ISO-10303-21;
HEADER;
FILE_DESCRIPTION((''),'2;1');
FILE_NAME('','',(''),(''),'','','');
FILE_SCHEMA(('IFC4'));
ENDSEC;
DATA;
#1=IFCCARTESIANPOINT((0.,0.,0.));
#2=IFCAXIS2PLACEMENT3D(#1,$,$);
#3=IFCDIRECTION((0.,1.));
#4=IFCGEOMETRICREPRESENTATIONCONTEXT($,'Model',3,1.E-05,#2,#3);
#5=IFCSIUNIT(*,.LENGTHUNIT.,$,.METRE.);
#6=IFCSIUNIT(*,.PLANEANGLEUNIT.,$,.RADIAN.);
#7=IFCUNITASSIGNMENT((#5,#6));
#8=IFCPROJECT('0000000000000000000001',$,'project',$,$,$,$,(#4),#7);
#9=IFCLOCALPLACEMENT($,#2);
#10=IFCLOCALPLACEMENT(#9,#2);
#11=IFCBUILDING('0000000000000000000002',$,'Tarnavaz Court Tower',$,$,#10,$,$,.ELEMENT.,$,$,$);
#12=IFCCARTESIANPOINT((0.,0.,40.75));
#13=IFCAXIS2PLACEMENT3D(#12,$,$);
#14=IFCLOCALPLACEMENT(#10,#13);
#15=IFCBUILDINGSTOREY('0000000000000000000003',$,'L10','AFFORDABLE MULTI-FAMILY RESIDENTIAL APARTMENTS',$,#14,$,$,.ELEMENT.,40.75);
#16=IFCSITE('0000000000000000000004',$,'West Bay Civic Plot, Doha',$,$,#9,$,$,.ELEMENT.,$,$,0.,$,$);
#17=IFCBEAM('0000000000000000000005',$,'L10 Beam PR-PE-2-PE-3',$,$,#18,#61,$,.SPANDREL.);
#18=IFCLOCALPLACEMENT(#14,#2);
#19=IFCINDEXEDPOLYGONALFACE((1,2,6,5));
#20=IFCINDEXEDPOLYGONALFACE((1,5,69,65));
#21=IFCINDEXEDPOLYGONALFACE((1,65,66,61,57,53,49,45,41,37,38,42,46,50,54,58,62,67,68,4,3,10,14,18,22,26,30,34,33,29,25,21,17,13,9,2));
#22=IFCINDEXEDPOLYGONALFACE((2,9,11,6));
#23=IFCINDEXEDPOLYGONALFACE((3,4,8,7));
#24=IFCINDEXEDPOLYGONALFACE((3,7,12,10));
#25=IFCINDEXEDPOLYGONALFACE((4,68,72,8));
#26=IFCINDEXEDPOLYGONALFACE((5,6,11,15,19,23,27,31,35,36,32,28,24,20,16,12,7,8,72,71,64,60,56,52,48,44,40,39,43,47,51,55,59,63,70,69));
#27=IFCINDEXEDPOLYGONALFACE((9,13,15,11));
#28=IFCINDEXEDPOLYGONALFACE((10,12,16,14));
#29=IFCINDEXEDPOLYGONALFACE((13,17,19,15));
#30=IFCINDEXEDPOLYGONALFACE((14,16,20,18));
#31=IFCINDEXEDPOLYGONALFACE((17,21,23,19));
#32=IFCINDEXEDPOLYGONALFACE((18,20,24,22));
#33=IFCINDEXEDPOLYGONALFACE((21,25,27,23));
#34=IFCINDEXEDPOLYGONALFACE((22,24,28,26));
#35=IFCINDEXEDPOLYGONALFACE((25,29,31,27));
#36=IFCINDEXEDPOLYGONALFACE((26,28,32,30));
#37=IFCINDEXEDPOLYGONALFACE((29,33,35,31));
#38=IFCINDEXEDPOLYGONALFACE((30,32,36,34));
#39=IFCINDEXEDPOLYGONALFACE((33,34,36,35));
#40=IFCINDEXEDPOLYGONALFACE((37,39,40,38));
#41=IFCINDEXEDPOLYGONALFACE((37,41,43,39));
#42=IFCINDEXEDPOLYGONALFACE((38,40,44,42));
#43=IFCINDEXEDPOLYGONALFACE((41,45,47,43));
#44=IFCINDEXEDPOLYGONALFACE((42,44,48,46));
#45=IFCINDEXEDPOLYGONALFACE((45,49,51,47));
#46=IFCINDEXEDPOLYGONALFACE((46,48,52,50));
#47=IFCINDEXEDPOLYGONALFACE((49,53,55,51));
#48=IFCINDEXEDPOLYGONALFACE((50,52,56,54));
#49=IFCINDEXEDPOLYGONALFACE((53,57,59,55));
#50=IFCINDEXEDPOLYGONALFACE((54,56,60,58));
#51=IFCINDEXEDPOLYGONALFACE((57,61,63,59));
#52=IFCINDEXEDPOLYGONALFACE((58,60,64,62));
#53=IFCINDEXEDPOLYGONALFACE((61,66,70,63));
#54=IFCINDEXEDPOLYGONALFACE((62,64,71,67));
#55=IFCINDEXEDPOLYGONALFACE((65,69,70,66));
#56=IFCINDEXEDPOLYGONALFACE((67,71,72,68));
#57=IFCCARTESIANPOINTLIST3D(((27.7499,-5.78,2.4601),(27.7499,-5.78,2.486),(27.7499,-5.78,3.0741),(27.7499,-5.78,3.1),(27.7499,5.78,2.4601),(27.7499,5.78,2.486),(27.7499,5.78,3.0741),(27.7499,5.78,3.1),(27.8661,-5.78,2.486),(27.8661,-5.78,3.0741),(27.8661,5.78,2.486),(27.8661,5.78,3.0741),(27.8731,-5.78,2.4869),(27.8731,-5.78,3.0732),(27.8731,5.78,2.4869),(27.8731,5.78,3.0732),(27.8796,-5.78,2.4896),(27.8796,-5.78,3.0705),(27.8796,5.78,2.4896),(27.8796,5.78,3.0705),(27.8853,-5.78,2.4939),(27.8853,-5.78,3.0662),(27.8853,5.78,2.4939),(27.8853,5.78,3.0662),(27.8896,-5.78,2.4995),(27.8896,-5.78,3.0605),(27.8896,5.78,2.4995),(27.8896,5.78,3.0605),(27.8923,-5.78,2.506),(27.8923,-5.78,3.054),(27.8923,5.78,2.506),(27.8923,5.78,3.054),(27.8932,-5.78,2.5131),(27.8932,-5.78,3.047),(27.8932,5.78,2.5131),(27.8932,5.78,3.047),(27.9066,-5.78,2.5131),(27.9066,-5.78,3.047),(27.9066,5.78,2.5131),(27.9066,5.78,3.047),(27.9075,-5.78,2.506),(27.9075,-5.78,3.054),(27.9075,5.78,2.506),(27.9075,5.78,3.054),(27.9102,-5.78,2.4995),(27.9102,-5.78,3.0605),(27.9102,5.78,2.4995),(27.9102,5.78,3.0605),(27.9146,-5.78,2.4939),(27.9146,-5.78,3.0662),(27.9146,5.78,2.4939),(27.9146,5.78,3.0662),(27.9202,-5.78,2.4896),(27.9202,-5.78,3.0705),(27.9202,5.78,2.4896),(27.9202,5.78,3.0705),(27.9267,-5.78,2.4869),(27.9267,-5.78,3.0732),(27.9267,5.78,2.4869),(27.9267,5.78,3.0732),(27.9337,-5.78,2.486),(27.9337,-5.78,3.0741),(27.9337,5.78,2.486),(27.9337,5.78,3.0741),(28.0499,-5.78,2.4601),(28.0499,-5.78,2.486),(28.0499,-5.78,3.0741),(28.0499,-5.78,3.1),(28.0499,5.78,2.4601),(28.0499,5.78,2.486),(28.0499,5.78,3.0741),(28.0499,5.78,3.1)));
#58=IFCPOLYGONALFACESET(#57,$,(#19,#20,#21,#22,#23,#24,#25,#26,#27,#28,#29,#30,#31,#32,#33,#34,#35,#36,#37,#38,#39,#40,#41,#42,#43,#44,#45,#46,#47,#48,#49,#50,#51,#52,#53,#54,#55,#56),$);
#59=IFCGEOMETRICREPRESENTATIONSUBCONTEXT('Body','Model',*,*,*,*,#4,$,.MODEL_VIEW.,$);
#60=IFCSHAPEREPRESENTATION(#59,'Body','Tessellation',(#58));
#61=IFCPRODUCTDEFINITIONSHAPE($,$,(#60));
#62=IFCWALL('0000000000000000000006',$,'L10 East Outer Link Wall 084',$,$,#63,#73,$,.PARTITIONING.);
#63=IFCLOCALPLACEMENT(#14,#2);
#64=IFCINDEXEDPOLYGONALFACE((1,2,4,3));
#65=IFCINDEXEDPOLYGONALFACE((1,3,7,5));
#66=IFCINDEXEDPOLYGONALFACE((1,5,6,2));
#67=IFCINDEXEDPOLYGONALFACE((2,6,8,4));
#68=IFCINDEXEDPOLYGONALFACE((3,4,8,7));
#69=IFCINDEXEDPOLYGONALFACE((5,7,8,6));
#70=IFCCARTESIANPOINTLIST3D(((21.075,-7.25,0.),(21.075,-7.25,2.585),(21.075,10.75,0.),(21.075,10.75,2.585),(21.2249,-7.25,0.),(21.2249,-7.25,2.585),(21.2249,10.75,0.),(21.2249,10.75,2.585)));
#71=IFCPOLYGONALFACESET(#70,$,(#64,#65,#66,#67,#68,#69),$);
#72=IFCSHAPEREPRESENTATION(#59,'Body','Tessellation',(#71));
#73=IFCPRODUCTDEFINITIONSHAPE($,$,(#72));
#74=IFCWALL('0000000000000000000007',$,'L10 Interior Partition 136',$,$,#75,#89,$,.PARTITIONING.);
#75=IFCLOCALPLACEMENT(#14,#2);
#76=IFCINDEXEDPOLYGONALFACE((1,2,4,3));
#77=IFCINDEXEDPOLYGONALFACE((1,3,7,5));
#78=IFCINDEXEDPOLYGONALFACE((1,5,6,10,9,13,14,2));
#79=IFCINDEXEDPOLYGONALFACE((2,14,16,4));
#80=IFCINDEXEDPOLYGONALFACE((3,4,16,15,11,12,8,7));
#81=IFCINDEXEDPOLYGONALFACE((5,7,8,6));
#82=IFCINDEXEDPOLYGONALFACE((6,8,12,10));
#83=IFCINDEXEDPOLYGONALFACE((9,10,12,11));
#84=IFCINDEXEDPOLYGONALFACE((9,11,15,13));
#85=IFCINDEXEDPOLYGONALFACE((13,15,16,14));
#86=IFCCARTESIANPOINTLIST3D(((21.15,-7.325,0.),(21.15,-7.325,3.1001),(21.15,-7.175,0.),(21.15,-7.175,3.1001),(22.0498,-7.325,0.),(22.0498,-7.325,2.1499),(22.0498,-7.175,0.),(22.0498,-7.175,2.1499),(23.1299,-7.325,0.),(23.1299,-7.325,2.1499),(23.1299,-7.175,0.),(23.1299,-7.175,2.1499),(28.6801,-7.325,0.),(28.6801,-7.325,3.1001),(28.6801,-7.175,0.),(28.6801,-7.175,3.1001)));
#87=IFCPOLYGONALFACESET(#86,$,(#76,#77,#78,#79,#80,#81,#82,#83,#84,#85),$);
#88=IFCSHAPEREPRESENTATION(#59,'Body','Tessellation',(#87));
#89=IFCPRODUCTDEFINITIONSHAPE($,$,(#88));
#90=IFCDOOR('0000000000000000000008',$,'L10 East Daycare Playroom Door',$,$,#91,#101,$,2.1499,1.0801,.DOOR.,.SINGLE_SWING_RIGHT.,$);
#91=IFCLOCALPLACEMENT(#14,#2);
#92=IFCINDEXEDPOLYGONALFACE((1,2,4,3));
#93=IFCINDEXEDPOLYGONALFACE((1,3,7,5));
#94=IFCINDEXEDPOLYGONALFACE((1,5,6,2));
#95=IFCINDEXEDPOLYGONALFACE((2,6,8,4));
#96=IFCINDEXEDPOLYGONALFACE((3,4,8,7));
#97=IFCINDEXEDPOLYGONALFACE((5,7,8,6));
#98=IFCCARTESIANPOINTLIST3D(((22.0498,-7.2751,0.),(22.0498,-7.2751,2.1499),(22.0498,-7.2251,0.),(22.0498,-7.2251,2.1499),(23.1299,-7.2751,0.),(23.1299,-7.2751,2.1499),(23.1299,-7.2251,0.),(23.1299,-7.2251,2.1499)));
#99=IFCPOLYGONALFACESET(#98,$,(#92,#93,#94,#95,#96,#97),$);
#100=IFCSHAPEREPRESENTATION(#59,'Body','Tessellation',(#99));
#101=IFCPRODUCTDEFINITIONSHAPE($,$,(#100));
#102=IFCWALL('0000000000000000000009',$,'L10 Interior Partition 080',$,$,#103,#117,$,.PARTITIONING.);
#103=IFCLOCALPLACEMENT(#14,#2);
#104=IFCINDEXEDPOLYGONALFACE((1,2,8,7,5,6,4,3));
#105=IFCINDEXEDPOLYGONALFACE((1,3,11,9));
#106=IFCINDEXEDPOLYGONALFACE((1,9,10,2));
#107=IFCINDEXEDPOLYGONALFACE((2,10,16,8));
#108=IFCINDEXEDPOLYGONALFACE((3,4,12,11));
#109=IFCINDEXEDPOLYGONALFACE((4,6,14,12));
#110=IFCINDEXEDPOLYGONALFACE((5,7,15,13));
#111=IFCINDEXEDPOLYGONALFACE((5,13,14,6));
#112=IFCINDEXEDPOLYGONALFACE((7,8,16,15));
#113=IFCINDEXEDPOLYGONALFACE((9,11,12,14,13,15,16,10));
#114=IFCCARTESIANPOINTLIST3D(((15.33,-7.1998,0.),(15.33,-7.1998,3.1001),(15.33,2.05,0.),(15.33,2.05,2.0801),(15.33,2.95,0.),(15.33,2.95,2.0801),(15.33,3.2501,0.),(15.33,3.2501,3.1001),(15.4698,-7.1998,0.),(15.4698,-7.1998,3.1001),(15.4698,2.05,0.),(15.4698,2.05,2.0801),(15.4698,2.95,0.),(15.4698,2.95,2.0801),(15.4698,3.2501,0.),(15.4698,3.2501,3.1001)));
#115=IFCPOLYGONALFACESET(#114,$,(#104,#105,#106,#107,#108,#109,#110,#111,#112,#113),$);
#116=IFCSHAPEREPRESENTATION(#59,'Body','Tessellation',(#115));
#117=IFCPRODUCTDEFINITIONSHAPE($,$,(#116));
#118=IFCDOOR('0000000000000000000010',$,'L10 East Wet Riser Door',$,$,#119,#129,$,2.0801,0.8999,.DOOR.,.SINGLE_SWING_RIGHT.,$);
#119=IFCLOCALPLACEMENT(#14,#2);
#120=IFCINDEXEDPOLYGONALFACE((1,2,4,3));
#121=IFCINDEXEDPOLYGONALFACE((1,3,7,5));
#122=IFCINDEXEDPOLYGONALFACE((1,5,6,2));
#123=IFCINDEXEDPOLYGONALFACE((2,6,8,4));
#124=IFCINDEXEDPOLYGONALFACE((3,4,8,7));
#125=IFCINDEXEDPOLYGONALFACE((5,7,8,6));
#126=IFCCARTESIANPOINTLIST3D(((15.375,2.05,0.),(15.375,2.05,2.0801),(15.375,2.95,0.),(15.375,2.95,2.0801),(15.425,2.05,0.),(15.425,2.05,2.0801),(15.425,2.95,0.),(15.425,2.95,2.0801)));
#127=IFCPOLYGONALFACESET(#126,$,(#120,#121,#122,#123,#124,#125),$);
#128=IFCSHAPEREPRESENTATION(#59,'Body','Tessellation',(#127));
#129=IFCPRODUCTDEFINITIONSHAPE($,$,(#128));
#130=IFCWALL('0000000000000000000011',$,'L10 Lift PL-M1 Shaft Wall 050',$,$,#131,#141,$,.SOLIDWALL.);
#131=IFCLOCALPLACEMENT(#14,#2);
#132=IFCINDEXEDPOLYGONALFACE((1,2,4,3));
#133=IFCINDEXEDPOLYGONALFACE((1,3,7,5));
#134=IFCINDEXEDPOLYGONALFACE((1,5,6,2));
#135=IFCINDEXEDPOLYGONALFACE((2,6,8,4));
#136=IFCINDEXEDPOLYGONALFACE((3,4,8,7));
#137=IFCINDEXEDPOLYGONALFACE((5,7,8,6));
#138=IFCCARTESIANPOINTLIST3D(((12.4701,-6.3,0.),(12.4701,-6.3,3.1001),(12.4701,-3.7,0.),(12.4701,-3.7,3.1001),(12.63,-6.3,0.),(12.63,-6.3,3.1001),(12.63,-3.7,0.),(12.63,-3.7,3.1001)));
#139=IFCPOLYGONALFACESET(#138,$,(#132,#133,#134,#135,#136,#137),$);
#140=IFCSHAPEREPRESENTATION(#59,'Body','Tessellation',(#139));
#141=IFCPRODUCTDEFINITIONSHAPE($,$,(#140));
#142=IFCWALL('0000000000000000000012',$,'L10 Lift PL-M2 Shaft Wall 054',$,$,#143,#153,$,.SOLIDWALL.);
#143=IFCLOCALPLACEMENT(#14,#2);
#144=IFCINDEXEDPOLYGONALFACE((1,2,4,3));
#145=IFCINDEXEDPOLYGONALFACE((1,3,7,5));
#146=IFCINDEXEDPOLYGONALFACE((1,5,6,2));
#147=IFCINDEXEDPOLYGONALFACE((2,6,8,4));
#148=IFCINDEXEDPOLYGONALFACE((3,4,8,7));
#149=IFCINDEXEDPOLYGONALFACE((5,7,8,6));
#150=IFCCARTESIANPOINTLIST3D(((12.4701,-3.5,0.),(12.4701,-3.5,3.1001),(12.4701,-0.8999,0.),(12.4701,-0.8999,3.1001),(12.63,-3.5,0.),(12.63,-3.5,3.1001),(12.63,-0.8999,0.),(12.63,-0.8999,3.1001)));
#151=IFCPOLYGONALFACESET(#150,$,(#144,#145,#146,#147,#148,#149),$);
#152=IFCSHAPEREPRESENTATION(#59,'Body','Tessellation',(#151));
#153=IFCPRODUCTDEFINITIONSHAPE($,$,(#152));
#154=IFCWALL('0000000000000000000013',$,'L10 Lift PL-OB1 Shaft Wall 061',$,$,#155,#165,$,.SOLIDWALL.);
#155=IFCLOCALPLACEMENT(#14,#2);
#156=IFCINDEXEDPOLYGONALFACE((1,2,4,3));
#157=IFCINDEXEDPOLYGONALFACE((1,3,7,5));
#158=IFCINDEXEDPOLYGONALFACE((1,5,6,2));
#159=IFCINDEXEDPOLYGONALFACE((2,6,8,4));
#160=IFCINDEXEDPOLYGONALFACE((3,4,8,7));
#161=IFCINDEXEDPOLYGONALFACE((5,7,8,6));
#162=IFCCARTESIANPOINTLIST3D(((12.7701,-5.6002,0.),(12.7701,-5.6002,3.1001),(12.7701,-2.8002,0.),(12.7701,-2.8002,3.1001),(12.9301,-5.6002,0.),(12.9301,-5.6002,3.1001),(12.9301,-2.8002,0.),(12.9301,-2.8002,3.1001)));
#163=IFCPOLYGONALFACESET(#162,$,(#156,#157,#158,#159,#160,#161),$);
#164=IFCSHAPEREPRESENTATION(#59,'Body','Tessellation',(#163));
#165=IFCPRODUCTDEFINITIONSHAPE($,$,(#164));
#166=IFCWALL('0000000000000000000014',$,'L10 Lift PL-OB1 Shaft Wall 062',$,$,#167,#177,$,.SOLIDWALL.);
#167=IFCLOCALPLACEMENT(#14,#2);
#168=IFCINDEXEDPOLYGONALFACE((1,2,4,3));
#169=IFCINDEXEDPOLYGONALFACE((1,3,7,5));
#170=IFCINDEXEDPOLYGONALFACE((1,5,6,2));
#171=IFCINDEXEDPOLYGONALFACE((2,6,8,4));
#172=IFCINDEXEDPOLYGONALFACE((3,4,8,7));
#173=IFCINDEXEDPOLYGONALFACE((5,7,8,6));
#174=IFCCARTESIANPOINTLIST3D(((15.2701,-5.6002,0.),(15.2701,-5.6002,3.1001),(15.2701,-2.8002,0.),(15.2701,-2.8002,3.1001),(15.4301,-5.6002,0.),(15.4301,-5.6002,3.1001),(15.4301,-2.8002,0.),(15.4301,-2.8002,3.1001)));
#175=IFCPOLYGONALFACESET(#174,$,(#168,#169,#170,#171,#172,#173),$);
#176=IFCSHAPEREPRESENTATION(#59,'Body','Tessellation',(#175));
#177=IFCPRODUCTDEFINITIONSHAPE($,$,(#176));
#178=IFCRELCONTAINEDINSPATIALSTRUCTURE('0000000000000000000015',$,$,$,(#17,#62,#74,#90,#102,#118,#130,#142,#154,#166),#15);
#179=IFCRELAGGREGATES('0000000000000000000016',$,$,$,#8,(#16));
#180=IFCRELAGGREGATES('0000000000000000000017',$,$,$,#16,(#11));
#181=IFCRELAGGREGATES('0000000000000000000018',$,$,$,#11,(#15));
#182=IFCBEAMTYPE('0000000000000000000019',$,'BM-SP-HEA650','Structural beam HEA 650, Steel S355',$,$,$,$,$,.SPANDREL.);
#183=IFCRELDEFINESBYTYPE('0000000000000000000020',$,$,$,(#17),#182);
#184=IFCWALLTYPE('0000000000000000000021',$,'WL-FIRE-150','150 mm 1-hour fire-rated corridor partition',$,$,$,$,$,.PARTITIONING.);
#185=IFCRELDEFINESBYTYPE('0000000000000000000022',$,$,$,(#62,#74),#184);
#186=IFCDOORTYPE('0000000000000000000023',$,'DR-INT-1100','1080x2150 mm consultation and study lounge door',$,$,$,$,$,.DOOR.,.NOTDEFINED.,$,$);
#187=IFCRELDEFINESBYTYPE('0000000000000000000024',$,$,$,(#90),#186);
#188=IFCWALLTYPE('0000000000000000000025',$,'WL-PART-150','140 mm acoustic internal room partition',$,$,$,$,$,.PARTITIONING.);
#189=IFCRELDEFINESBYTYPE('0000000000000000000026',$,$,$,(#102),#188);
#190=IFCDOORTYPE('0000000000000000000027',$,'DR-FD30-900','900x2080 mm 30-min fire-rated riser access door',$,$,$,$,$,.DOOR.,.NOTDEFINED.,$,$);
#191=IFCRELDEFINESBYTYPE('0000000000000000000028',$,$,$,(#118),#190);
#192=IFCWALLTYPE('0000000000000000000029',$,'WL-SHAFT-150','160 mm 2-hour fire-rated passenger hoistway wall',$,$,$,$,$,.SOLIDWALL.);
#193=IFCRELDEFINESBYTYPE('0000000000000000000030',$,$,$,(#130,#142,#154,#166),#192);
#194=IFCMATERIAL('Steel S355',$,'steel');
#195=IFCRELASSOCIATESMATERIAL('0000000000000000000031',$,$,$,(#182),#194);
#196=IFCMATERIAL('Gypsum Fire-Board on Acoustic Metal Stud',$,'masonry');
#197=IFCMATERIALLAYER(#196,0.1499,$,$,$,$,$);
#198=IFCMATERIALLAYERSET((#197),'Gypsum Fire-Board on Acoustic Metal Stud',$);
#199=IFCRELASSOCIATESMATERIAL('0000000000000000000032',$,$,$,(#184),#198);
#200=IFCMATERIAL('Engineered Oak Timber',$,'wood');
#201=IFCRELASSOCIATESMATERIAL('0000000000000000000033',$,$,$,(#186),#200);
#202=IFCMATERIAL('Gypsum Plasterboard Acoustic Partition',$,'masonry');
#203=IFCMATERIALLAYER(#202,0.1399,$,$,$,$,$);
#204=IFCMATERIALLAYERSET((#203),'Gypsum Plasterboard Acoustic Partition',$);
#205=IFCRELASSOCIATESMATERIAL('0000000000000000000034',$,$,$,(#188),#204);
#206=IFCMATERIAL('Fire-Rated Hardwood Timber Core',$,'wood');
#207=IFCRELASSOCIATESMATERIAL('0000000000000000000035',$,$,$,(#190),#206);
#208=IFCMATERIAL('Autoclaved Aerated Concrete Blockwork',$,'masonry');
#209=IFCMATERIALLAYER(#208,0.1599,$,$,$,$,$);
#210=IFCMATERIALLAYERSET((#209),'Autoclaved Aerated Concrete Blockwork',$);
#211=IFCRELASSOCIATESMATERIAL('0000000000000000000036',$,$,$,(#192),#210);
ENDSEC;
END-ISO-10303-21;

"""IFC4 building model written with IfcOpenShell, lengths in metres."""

from ifc_helpers import new_model, si_unit, direction, frame, frame_2d, origin, origin_2d, place, context, subcontext, project, spatial, rectangle, i_section, extrude, material, layer, layer_set, material_profile, profile_set, type_object, element, fill, save


model = new_model("IFC4")

# Units and contexts
model_context = context("Model", 3, precision=1e-05, world=origin(), true_north=direction((0.0, 1.0)))
body_context = subcontext(model_context, "Body", "Model", "MODEL_VIEW")
ifc_project = project(units=[si_unit("LENGTHUNIT", "METRE"), si_unit("PLANEANGLEUNIT", "RADIAN")], contexts=[model_context])

# Site, building, storey
site_placement = place(None, origin())
site = spatial("IfcSite", under=ifc_project, at=site_placement, Name="West Bay Civic Plot, Doha", CompositionType="ELEMENT", RefElevation=0.0)
building_placement = place(site_placement, origin())
building = spatial("IfcBuilding", under=site, at=building_placement, Name="Tarnavaz Court Tower", CompositionType="ELEMENT")
storey_placement = place(building_placement, frame((0.0, 0.0, 40.75)))
storey = spatial("IfcBuildingStorey", under=building, at=storey_placement, Name="L10", Description="AFFORDABLE MULTI-FAMILY RESIDENTIAL APARTMENTS", CompositionType="ELEMENT", Elevation=40.75)

# Beam
ifc_material_1 = material(Name="Steel S355", Category="steel")
ifc_material_profile_1 = material_profile(ifc_material_1, i_section(OverallWidth=0.3, OverallDepth=0.6399, WebThickness=0.0134, FlangeThickness=0.0259, FilletRadius=0.0271, at=origin_2d()), Name="HEA 650")
ifc_profile_set_1 = profile_set([ifc_material_profile_1], Name="Steel S355")
beam_type_1 = type_object("IfcBeamType", Name="BM-SP-HEA650", Description="Structural beam HEA 650, Steel S355", PredefinedType="SPANDREL", material=ifc_profile_set_1)
beam_1_placement = place(storey_placement, frame((27.8999, -5.78, 2.78), z_axis=(0.0, 1.0, 0.0), x_axis=(-1.0, 0.0, 0.0)))
element("IfcBeam", 1, at=beam_1_placement, inside=storey, type_object=beam_type_1, Name="L10 Beam PR-PE-2-PE-3", PredefinedType="SPANDREL", context=body_context, shape_type="SweptSolid", body=[
    extrude(i_section(OverallWidth=0.3, OverallDepth=0.6399, WebThickness=0.0134, FlangeThickness=0.0259, FilletRadius=0.0271, at=origin_2d()), origin(), (0.0, 0.0, 1.0), 11.5601),
])

# Wall
ifc_material_2 = material(Name="Gypsum Fire-Board on Acoustic Metal Stud", Category="masonry")
ifc_layer_1 = layer(ifc_material_2, 0.1499)
ifc_layer_set_1 = layer_set([ifc_layer_1], Name="Gypsum Fire-Board on Acoustic Metal Stud")
wall_type_1 = type_object("IfcWallType", Name="WL-FIRE-150", Description="150 mm 1-hour fire-rated corridor partition", PredefinedType="PARTITIONING", material=ifc_layer_set_1)
wall_1_placement = place(storey_placement, frame((21.1499, -7.25, 0.0), z_axis=(0.0, 0.0, 1.0), x_axis=(0.0, 1.0, 0.0)))
element("IfcWall", 2, at=wall_1_placement, inside=storey, type_object=wall_type_1, Name="L10 East Outer Link Wall 084", PredefinedType="PARTITIONING", context=body_context, shape_type="SweptSolid", body=[
    extrude(rectangle(XDim=18.0, YDim=0.1499, at=frame_2d((9.0, 0.0))), origin(), (0.0, 0.0, 1.0), 2.585),
])

# Walls, openings, doors
wall_2_placement = place(storey_placement, frame((21.1499, -7.25, 0.0), z_axis=(0.0, 0.0, 1.0), x_axis=(1.0, 0.0, 0.0)))
wall_2 = element("IfcWall", 3, at=wall_2_placement, inside=storey, type_object=wall_type_1, Name="L10 Interior Partition 136", PredefinedType="PARTITIONING", context=body_context, shape_type="SweptSolid", body=[
    extrude(rectangle(XDim=7.53, YDim=0.1499, at=frame_2d((3.7651, 0.0))), origin(), (0.0, 0.0, 1.0), 3.1001),
])
opening_1_placement = place(wall_2_placement, frame((0.8999, 0.0, 0.0)))
opening_1 = element("IfcOpeningElement", 4, at=opening_1_placement, cuts=wall_2, PredefinedType="OPENING", context=body_context, shape_type="SweptSolid", body=[
    extrude(rectangle(XDim=1.0801, YDim=2.1499, at=frame_2d((0.54, 1.075))), frame((0.0, 0.085, 0.0), z_axis=(0.0, -1.0, 0.0), x_axis=(1.0, 0.0, 0.0)), (0.0, 0.0, 1.0), 0.1699),
])
ifc_material_3 = material(Name="Engineered Oak Timber", Category="wood")
door_type_1 = type_object("IfcDoorType", Name="DR-INT-1100", Description="1080x2150 mm consultation and study lounge door", OperationType="NOTDEFINED", PredefinedType="DOOR", material=ifc_material_3)
door_1_placement = place(opening_1_placement, origin())
door_1 = element("IfcDoor", 5, at=door_1_placement, inside=storey, type_object=door_type_1, Name="L10 East Daycare Playroom Door", OperationType="SINGLE_SWING_RIGHT", OverallHeight=2.1499, OverallWidth=1.0801, PredefinedType="DOOR", context=body_context, shape_type="SweptSolid", body=[
    extrude(rectangle(XDim=1.0801, YDim=2.1499, at=frame_2d((0.54, 1.075))), frame((0.0, 0.0249, 0.0), z_axis=(0.0, -1.0, 0.0), x_axis=(1.0, 0.0, 0.0)), (0.0, 0.0, 1.0), 0.05),
])
fill(opening_1, door_1)
ifc_material_4 = material(Name="Gypsum Plasterboard Acoustic Partition", Category="masonry")
ifc_layer_2 = layer(ifc_material_4, 0.1399)
ifc_layer_set_2 = layer_set([ifc_layer_2], Name="Gypsum Plasterboard Acoustic Partition")
wall_type_2 = type_object("IfcWallType", Name="WL-PART-150", Description="140 mm acoustic internal room partition", PredefinedType="PARTITIONING", material=ifc_layer_set_2)
wall_3_placement = place(storey_placement, frame((15.3999, -7.2, 0.0), z_axis=(0.0, 0.0, 1.0), x_axis=(0.0, 1.0, 0.0)))
wall_3 = element("IfcWall", 6, at=wall_3_placement, inside=storey, type_object=wall_type_2, Name="L10 Interior Partition 080", PredefinedType="PARTITIONING", context=body_context, shape_type="SweptSolid", body=[
    extrude(rectangle(XDim=10.45, YDim=0.1399, at=frame_2d((5.2251, 0.0))), origin(), (0.0, 0.0, 1.0), 3.1001),
])
opening_2_placement = place(wall_3_placement, frame((9.25, 0.0, 0.0)))
opening_2 = element("IfcOpeningElement", 7, at=opening_2_placement, cuts=wall_3, PredefinedType="OPENING", context=body_context, shape_type="SweptSolid", body=[
    extrude(rectangle(XDim=0.8999, YDim=2.0801, at=frame_2d((0.45, 1.04))), frame((0.0, 0.0798, 0.0), z_axis=(0.0, -1.0, 0.0), x_axis=(1.0, 0.0, 0.0)), (0.0, 0.0, 1.0), 0.1599),
])
ifc_material_5 = material(Name="Fire-Rated Hardwood Timber Core", Category="wood")
door_type_2 = type_object("IfcDoorType", Name="DR-FD30-900", Description="900x2080 mm 30-min fire-rated riser access door", OperationType="NOTDEFINED", PredefinedType="DOOR", material=ifc_material_5)
door_2_placement = place(opening_2_placement, origin())
door_2 = element("IfcDoor", 8, at=door_2_placement, inside=storey, type_object=door_type_2, Name="L10 East Wet Riser Door", OperationType="SINGLE_SWING_RIGHT", OverallHeight=2.0801, OverallWidth=0.8999, PredefinedType="DOOR", context=body_context, shape_type="SweptSolid", body=[
    extrude(rectangle(XDim=0.8999, YDim=2.0801, at=frame_2d((0.45, 1.04))), frame((0.0, 0.0249, 0.0), z_axis=(0.0, -1.0, 0.0), x_axis=(1.0, 0.0, 0.0)), (0.0, 0.0, 1.0), 0.05),
])
fill(opening_2, door_2)

# Walls
ifc_material_6 = material(Name="Autoclaved Aerated Concrete Blockwork", Category="masonry")
ifc_layer_3 = layer(ifc_material_6, 0.1599)
ifc_layer_set_3 = layer_set([ifc_layer_3], Name="Autoclaved Aerated Concrete Blockwork")
wall_type_3 = type_object("IfcWallType", Name="WL-SHAFT-150", Description="160 mm 2-hour fire-rated passenger hoistway wall", PredefinedType="SOLIDWALL", material=ifc_layer_set_3)
for number, where, z_axis, x_axis, name in (
    (9, (12.55, -6.3, 0.0), (0.0, 0.0, 1.0), (0.0, 1.0, 0.0), "L10 Lift PL-M1 Shaft Wall 050"),
    (10, (12.55, -3.5, 0.0), (0.0, 0.0, 1.0), (0.0, 1.0, 0.0), "L10 Lift PL-M2 Shaft Wall 054"),
):
    element("IfcWall", number, at=place(storey_placement, frame(where, z_axis=z_axis, x_axis=x_axis)), inside=storey, type_object=wall_type_3, Name=name, PredefinedType="SOLIDWALL", context=body_context, shape_type="SweptSolid", body=[
        extrude(rectangle(XDim=2.6001, YDim=0.1599, at=frame_2d((1.3, 0.0))), origin(), (0.0, 0.0, 1.0), 3.1001),
    ])
for number, where, z_axis, x_axis, name in (
    (11, (12.8501, -5.6001, 0.0), (0.0, 0.0, 1.0), (0.0, 1.0, 0.0), "L10 Lift PL-OB1 Shaft Wall 061"),
    (12, (15.3501, -5.6001, 0.0), (0.0, 0.0, 1.0), (0.0, 1.0, 0.0), "L10 Lift PL-OB1 Shaft Wall 062"),
):
    element("IfcWall", number, at=place(storey_placement, frame(where, z_axis=z_axis, x_axis=x_axis)), inside=storey, type_object=wall_type_3, Name=name, PredefinedType="SOLIDWALL", context=body_context, shape_type="SweptSolid", body=[
        extrude(rectangle(XDim=2.8, YDim=0.1599, at=frame_2d((1.3999, 0.0))), origin(), (0.0, 0.0, 1.0), 3.1001),
    ])

save(model, "model.ifc")
